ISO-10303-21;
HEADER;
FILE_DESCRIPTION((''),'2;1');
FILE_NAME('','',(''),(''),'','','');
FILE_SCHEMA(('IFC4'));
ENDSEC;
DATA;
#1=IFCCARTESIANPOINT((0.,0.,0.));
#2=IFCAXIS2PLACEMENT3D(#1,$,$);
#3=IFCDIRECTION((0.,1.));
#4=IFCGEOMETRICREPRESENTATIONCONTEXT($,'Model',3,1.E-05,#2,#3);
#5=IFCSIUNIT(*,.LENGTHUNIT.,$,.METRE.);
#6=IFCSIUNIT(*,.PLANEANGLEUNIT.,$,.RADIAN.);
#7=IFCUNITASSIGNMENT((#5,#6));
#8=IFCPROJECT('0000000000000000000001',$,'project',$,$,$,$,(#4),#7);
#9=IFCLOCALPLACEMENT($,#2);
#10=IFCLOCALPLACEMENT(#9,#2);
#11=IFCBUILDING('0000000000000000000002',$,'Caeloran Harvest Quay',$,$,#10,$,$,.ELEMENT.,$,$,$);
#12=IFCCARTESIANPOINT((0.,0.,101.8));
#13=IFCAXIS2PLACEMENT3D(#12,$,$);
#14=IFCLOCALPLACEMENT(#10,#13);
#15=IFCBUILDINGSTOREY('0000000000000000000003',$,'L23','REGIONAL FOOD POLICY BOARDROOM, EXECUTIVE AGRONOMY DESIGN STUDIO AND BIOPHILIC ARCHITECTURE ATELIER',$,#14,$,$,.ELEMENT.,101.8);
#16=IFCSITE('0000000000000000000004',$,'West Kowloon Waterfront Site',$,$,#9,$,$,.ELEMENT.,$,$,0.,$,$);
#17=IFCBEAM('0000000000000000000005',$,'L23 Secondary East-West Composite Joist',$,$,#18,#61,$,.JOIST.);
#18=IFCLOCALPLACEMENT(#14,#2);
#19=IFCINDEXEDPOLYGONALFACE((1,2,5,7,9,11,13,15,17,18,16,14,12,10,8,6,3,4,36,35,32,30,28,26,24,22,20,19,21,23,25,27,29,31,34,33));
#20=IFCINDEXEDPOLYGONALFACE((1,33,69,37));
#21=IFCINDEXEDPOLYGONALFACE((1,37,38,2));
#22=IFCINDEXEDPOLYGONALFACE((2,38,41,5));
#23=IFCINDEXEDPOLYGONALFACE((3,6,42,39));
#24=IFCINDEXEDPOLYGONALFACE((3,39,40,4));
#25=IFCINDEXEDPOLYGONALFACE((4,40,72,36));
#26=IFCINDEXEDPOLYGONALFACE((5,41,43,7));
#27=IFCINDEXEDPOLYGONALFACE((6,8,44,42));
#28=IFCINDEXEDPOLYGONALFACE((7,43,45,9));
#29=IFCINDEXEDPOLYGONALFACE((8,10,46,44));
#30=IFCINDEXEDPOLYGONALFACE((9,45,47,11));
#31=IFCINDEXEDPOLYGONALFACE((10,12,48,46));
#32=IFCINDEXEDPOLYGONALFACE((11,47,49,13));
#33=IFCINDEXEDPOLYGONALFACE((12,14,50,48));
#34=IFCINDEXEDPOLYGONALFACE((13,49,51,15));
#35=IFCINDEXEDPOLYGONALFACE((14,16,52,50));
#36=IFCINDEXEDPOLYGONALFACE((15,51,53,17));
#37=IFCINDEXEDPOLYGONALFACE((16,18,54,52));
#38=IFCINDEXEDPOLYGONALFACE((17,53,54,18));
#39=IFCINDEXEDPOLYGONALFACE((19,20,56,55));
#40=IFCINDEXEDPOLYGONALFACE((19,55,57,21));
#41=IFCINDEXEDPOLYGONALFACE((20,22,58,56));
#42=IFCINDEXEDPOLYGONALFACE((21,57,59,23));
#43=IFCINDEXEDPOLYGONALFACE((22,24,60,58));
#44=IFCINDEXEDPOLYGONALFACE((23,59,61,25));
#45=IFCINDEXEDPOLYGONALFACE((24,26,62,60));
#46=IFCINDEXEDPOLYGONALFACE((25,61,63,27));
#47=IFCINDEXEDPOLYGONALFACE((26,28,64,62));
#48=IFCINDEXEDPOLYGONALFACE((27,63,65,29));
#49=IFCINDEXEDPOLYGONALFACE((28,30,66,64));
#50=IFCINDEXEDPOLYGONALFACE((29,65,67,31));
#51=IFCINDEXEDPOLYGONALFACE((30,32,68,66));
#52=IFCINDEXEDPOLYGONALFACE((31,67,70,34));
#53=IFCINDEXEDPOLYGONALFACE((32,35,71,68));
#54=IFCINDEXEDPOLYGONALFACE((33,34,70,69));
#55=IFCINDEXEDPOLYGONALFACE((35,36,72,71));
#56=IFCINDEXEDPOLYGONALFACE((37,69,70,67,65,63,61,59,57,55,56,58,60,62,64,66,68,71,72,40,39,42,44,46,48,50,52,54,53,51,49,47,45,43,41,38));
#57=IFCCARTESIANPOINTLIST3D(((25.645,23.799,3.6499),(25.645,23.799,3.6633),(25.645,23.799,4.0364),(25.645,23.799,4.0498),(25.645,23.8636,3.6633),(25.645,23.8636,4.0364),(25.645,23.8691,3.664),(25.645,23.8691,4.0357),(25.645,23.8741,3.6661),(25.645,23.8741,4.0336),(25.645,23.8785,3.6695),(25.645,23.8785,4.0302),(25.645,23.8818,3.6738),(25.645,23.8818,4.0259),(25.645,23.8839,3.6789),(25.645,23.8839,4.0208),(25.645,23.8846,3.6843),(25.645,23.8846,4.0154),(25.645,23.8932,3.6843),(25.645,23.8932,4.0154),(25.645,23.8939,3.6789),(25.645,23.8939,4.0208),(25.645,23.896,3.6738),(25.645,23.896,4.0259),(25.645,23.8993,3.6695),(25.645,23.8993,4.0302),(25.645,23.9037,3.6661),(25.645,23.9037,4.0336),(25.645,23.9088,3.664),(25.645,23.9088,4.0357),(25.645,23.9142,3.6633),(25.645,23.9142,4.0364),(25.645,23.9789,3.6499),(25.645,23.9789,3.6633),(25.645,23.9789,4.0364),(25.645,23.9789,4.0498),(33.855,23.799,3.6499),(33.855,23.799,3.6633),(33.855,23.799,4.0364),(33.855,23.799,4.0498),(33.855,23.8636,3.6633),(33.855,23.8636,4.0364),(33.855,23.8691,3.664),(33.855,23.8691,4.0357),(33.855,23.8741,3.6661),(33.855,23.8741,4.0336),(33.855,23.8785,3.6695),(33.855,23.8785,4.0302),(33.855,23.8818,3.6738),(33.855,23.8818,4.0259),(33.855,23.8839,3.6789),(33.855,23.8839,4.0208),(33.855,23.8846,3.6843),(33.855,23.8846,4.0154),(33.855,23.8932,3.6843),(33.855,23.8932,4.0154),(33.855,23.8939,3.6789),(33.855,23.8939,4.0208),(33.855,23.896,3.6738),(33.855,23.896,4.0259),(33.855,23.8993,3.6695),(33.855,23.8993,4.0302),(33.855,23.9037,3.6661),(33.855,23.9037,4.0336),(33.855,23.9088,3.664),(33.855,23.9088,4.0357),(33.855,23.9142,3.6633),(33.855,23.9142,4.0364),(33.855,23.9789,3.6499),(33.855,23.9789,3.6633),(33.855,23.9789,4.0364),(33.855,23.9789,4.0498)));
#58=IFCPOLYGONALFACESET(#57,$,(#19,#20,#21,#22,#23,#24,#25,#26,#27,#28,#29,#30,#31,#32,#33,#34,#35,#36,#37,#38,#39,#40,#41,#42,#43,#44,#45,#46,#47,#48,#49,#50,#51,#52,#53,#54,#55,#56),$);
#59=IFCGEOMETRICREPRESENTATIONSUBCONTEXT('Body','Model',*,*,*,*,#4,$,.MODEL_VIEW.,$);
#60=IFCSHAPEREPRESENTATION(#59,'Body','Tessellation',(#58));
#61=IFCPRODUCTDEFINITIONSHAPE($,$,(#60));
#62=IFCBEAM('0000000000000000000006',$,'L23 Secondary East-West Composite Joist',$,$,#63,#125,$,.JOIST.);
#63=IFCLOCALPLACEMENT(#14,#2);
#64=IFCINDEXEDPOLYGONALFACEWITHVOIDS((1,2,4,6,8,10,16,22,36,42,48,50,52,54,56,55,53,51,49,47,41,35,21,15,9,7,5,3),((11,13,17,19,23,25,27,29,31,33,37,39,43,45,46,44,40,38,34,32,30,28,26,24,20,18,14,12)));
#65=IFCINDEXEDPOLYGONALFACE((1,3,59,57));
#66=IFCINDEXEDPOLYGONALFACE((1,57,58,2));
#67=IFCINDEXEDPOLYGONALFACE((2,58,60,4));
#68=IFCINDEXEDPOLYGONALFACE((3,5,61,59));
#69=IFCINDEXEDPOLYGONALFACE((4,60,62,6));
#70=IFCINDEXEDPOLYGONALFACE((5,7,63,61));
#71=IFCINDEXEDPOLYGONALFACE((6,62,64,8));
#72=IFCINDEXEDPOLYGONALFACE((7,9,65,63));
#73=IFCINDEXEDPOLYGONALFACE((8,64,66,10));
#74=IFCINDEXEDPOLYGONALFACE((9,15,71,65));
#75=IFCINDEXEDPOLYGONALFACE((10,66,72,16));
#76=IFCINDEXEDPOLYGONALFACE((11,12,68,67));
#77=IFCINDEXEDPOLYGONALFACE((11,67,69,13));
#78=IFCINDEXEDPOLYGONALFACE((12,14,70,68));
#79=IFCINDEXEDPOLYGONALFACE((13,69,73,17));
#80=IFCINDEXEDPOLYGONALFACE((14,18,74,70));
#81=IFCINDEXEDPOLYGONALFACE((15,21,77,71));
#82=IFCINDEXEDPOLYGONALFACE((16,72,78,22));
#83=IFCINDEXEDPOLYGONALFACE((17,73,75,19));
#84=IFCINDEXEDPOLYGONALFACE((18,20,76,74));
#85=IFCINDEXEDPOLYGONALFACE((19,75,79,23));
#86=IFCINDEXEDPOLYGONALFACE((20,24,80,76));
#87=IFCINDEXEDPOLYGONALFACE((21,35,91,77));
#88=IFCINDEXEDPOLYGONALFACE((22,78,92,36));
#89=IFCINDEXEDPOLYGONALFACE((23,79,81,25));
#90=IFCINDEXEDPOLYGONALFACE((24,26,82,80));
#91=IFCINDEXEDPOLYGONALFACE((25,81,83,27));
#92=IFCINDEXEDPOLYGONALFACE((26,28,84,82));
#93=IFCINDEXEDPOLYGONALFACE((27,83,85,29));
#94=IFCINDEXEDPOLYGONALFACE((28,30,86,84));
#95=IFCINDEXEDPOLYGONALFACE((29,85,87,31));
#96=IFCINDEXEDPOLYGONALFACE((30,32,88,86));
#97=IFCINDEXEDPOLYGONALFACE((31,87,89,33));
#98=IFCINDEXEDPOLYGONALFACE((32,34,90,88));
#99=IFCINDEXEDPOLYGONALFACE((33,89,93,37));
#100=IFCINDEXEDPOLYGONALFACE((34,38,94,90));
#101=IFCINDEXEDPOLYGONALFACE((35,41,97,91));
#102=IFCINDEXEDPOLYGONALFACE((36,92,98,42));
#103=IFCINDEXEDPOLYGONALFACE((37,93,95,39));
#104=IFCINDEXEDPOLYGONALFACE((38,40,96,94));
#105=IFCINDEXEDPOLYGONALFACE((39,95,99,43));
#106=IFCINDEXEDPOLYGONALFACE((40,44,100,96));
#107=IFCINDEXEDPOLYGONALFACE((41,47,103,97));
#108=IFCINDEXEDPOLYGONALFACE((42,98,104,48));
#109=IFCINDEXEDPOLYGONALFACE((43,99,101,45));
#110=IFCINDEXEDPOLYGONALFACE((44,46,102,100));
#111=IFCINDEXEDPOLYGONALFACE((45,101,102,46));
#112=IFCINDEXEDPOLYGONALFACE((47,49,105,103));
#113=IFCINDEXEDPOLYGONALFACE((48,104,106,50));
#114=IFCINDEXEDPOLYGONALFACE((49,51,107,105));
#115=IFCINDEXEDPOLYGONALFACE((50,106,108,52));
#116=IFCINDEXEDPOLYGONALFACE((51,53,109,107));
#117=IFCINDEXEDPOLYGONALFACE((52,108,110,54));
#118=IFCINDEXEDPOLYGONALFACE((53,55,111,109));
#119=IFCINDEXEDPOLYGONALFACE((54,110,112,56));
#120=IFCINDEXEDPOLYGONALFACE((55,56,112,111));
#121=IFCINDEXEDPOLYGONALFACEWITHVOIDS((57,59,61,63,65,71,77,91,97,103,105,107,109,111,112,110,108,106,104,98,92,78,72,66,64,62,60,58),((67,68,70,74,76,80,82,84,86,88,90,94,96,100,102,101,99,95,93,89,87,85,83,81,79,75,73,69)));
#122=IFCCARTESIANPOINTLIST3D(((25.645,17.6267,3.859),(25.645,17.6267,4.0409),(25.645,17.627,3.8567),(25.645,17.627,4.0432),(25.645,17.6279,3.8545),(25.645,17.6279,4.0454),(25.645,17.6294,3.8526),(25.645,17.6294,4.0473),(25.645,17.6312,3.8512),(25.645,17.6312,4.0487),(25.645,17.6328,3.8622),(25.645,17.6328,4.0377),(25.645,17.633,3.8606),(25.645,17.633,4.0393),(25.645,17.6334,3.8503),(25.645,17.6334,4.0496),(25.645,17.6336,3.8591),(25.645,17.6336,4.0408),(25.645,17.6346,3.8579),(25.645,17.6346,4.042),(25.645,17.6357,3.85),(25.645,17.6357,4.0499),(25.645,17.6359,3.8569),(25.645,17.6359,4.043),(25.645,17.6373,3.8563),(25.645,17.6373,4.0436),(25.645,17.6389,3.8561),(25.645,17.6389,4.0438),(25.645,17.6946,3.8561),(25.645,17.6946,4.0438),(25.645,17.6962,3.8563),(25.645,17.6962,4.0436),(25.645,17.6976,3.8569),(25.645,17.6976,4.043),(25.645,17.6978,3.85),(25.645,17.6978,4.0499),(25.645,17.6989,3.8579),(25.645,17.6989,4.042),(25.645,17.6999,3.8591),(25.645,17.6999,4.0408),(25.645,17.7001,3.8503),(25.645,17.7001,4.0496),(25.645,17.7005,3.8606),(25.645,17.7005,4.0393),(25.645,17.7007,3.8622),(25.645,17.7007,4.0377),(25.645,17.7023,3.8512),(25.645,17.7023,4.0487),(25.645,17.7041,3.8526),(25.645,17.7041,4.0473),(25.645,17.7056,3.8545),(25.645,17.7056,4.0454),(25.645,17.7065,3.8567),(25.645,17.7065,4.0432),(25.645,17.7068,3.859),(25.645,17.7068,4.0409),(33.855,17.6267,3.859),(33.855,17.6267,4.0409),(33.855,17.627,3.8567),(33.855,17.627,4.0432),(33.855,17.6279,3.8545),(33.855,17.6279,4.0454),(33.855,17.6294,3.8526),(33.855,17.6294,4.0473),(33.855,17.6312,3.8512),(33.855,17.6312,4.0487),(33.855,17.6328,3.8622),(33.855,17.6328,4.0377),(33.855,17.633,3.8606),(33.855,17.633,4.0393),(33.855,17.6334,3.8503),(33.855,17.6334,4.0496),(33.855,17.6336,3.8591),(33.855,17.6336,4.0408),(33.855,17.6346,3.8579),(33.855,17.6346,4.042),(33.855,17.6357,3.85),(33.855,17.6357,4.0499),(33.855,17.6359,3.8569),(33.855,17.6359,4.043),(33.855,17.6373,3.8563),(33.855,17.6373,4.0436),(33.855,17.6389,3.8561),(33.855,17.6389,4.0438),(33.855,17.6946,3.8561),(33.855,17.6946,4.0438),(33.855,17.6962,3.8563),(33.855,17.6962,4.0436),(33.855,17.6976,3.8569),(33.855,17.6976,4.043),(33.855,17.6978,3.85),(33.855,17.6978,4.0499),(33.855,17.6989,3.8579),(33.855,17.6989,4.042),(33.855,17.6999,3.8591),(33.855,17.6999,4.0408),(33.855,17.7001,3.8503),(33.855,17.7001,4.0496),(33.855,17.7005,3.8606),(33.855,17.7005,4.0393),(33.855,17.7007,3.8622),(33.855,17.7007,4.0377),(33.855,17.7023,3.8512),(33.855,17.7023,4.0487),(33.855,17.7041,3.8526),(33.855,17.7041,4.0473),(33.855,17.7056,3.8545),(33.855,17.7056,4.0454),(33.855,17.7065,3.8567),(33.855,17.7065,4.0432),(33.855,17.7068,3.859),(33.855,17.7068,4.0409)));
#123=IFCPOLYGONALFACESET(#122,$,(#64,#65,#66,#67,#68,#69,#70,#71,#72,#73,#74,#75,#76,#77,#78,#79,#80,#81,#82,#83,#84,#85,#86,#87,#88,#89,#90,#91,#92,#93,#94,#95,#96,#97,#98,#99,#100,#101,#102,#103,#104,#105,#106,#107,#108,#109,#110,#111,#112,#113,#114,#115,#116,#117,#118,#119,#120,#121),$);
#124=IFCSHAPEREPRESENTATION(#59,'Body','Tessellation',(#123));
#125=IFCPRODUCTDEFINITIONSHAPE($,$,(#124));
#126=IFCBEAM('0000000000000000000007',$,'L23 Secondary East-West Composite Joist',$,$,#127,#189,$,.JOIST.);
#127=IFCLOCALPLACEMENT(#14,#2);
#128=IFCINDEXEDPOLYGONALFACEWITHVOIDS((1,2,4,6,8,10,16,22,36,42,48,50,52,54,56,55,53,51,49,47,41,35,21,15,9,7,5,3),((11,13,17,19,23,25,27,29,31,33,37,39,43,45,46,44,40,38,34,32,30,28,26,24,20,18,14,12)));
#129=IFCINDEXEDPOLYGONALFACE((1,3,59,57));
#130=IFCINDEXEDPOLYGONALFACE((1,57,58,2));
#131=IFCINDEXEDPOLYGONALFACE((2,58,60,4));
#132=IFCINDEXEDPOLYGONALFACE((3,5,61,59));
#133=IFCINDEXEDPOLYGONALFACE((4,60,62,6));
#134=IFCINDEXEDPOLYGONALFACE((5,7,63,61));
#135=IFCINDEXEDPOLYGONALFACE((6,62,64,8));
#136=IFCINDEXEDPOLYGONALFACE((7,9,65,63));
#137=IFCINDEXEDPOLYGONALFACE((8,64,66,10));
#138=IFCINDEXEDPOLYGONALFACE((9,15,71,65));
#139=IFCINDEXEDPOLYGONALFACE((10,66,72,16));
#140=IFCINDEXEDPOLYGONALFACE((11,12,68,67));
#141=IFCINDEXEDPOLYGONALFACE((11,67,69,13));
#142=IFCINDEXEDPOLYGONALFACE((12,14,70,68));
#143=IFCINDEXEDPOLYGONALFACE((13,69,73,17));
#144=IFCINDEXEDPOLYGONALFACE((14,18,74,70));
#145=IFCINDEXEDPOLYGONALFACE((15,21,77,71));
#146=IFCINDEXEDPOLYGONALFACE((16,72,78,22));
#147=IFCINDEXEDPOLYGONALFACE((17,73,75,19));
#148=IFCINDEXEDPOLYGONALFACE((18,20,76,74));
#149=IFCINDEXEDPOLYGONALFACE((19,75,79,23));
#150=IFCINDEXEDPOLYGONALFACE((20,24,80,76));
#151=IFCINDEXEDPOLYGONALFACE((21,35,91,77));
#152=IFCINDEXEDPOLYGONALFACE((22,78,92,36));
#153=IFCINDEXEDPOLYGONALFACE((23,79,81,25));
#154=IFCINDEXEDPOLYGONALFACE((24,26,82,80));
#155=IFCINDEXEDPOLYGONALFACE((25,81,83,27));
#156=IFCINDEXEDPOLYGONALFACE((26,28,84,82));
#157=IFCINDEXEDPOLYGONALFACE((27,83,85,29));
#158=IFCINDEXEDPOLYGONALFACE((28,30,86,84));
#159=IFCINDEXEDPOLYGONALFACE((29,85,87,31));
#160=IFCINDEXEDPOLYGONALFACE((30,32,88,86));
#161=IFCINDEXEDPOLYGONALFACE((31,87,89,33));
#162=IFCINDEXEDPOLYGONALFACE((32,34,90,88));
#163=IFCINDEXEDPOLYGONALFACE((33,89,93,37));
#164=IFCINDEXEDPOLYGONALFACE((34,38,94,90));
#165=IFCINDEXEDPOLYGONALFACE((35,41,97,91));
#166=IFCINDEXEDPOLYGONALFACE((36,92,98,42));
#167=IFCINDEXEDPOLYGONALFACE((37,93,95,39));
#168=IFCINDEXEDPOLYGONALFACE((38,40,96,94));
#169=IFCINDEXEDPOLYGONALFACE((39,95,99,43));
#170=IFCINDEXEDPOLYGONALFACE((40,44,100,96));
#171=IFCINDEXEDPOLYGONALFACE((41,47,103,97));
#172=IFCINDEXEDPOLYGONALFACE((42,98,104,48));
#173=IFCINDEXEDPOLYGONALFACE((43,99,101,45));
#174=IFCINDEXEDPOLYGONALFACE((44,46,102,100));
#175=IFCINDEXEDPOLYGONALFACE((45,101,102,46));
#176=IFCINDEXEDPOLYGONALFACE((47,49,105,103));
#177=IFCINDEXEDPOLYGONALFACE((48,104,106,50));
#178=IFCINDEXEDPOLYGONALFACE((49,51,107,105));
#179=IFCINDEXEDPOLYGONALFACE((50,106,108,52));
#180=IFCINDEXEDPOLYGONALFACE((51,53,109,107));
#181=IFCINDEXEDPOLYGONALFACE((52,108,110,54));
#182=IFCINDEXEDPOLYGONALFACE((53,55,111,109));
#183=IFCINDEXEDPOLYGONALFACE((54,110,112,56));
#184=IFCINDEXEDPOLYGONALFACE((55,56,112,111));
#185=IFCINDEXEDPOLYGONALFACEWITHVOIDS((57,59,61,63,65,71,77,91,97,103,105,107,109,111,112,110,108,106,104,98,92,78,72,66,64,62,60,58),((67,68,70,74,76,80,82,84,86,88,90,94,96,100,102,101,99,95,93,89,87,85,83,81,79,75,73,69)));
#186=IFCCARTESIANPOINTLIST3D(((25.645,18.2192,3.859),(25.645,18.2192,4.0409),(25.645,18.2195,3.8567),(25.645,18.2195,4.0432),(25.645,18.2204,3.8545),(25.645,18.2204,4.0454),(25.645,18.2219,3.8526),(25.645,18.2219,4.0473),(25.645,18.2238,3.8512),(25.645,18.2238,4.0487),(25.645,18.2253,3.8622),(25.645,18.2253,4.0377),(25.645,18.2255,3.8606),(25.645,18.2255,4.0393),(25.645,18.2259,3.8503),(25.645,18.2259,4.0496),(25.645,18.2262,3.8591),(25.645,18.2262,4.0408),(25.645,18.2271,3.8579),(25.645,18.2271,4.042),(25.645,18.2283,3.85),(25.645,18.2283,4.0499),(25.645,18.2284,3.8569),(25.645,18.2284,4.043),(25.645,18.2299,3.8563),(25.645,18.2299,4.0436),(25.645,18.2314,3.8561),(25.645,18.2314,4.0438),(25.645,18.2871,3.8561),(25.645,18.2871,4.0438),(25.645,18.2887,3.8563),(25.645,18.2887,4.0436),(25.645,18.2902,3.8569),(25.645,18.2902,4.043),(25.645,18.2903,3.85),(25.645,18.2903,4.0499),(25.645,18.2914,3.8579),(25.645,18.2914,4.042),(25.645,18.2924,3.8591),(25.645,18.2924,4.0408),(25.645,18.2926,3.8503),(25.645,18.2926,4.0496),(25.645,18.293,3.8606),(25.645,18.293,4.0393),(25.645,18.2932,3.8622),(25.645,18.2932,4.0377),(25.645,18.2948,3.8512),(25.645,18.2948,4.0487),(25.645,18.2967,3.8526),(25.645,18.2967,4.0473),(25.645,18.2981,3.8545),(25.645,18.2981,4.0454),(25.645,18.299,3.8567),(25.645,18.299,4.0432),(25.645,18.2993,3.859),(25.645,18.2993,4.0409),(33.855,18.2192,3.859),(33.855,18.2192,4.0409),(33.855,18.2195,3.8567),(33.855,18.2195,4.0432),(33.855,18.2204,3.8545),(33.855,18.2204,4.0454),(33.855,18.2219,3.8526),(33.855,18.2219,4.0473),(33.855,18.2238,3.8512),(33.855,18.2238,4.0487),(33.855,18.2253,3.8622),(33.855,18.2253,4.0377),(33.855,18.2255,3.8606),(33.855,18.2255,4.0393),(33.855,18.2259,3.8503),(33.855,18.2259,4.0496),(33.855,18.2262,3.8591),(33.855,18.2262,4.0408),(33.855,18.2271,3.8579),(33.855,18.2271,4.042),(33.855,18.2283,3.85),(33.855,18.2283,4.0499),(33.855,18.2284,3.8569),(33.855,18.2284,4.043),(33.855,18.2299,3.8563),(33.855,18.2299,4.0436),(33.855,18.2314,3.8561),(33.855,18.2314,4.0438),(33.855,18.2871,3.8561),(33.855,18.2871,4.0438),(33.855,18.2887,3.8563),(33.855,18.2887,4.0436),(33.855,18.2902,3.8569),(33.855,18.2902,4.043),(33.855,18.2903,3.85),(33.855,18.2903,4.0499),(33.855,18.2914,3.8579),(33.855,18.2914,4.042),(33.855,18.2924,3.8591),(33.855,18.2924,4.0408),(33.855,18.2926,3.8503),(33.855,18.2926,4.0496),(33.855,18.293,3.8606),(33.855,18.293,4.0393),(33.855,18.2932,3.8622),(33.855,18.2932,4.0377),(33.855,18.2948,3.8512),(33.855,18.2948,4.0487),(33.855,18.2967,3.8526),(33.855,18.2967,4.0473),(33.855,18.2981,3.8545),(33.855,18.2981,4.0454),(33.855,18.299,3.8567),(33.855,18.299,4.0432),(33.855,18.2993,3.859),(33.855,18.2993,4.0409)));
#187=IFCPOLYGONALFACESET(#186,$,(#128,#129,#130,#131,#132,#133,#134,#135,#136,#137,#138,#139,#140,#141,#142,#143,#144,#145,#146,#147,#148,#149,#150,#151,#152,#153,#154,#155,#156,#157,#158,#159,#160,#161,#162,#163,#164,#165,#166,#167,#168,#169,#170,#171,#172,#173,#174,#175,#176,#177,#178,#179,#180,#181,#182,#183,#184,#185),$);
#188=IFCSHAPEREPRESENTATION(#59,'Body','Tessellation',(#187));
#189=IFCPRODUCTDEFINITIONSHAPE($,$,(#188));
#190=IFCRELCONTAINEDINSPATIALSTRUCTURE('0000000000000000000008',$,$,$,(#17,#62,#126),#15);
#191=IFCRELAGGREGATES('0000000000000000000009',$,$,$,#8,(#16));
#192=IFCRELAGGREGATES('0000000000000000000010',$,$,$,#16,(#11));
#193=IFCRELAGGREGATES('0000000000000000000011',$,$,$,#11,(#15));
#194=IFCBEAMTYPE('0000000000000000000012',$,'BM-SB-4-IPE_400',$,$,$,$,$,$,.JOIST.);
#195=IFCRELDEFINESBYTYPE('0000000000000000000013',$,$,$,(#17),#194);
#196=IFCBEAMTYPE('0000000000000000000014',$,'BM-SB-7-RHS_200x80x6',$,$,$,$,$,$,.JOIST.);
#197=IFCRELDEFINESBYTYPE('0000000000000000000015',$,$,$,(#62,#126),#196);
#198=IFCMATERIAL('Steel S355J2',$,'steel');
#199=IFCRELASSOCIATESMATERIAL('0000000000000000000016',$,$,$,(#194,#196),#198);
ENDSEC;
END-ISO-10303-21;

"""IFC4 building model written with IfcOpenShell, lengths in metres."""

from ifc_helpers import new_model, si_unit, direction, frame, origin, origin_2d, place, context, subcontext, project, spatial, hollow_rectangle, i_section, extrude, material, material_profile, profile_set, type_object, element, save


model = new_model("IFC4")

# Units and contexts
model_context = context("Model", 3, precision=1e-05, world=origin(), true_north=direction((0.0, 1.0)))
body_context = subcontext(model_context, "Body", "Model", "MODEL_VIEW")
ifc_project = project(units=[si_unit("LENGTHUNIT", "METRE"), si_unit("PLANEANGLEUNIT", "RADIAN")], contexts=[model_context])

# Site, building, storey
site_placement = place(None, origin())
site = spatial("IfcSite", under=ifc_project, at=site_placement, Name="West Kowloon Waterfront Site", CompositionType="ELEMENT", RefElevation=0.0)
building_placement = place(site_placement, origin())
building = spatial("IfcBuilding", under=site, at=building_placement, Name="Caeloran Harvest Quay", CompositionType="ELEMENT")
storey_placement = place(building_placement, frame((0.0, 0.0, 101.8)))
storey = spatial("IfcBuildingStorey", under=building, at=storey_placement, Name="L23", Description="REGIONAL FOOD POLICY BOARDROOM, EXECUTIVE AGRONOMY DESIGN STUDIO AND BIOPHILIC ARCHITECTURE ATELIER", CompositionType="ELEMENT", Elevation=101.8)

# Beams
ifc_material_1 = material(Name="Steel S355J2", Category="steel")
ifc_material_profile_1 = material_profile(ifc_material_1, i_section(OverallWidth=0.1799, OverallDepth=0.3999, WebThickness=0.0085, FlangeThickness=0.0134, FilletRadius=0.021, at=origin_2d()), Name="IPE 400")
ifc_profile_set_1 = profile_set([ifc_material_profile_1], Name="Steel S355J2")
beam_type_1 = type_object("IfcBeamType", Name="BM-SB-4-IPE_400", PredefinedType="JOIST", material=ifc_profile_set_1)
for number, where, z_axis, x_axis, name in (
    (1, (25.645, 23.8889, 3.8499), (1.0, 0.0, 0.0), (0.0, 1.0, 0.0), "L23 Secondary East-West Composite Joist"),
):
    element("IfcBeam", number, at=place(storey_placement, frame(where, z_axis=z_axis, x_axis=x_axis)), inside=storey, type_object=beam_type_1, Name=name, PredefinedType="JOIST", context=body_context, shape_type="SweptSolid", body=[
        extrude(i_section(OverallWidth=0.1799, OverallDepth=0.3999, WebThickness=0.0085, FlangeThickness=0.0134, FilletRadius=0.021, at=origin_2d()), origin(), (0.0, 0.0, 1.0), 8.21),
    ])
ifc_material_profile_2 = material_profile(ifc_material_1, hollow_rectangle(XDim=0.0801, YDim=0.2, WallThickness=0.0061, InnerFilletRadius=0.0061, OuterFilletRadius=0.009, at=origin_2d()), Name="RHS 200x80x6")
ifc_profile_set_2 = profile_set([ifc_material_profile_2], Name="Steel S355J2")
beam_type_2 = type_object("IfcBeamType", Name="BM-SB-7-RHS_200x80x6", PredefinedType="JOIST", material=ifc_profile_set_2)
for number, where, z_axis, x_axis, name in (
    (2, (25.645, 17.6667, 3.95), (1.0, 0.0, 0.0), (0.0, 1.0, 0.0), "L23 Secondary East-West Composite Joist"),
    (3, (25.645, 18.2593, 3.95), (1.0, 0.0, 0.0), (0.0, 1.0, 0.0), "L23 Secondary East-West Composite Joist"),
):
    element("IfcBeam", number, at=place(storey_placement, frame(where, z_axis=z_axis, x_axis=x_axis)), inside=storey, type_object=beam_type_2, Name=name, PredefinedType="JOIST", context=body_context, shape_type="SweptSolid", body=[
        extrude(hollow_rectangle(XDim=0.0801, YDim=0.2, WallThickness=0.0061, InnerFilletRadius=0.0061, OuterFilletRadius=0.009, at=origin_2d()), origin(), (0.0, 0.0, 1.0), 8.21),
    ])

save(model, "model.ifc")
